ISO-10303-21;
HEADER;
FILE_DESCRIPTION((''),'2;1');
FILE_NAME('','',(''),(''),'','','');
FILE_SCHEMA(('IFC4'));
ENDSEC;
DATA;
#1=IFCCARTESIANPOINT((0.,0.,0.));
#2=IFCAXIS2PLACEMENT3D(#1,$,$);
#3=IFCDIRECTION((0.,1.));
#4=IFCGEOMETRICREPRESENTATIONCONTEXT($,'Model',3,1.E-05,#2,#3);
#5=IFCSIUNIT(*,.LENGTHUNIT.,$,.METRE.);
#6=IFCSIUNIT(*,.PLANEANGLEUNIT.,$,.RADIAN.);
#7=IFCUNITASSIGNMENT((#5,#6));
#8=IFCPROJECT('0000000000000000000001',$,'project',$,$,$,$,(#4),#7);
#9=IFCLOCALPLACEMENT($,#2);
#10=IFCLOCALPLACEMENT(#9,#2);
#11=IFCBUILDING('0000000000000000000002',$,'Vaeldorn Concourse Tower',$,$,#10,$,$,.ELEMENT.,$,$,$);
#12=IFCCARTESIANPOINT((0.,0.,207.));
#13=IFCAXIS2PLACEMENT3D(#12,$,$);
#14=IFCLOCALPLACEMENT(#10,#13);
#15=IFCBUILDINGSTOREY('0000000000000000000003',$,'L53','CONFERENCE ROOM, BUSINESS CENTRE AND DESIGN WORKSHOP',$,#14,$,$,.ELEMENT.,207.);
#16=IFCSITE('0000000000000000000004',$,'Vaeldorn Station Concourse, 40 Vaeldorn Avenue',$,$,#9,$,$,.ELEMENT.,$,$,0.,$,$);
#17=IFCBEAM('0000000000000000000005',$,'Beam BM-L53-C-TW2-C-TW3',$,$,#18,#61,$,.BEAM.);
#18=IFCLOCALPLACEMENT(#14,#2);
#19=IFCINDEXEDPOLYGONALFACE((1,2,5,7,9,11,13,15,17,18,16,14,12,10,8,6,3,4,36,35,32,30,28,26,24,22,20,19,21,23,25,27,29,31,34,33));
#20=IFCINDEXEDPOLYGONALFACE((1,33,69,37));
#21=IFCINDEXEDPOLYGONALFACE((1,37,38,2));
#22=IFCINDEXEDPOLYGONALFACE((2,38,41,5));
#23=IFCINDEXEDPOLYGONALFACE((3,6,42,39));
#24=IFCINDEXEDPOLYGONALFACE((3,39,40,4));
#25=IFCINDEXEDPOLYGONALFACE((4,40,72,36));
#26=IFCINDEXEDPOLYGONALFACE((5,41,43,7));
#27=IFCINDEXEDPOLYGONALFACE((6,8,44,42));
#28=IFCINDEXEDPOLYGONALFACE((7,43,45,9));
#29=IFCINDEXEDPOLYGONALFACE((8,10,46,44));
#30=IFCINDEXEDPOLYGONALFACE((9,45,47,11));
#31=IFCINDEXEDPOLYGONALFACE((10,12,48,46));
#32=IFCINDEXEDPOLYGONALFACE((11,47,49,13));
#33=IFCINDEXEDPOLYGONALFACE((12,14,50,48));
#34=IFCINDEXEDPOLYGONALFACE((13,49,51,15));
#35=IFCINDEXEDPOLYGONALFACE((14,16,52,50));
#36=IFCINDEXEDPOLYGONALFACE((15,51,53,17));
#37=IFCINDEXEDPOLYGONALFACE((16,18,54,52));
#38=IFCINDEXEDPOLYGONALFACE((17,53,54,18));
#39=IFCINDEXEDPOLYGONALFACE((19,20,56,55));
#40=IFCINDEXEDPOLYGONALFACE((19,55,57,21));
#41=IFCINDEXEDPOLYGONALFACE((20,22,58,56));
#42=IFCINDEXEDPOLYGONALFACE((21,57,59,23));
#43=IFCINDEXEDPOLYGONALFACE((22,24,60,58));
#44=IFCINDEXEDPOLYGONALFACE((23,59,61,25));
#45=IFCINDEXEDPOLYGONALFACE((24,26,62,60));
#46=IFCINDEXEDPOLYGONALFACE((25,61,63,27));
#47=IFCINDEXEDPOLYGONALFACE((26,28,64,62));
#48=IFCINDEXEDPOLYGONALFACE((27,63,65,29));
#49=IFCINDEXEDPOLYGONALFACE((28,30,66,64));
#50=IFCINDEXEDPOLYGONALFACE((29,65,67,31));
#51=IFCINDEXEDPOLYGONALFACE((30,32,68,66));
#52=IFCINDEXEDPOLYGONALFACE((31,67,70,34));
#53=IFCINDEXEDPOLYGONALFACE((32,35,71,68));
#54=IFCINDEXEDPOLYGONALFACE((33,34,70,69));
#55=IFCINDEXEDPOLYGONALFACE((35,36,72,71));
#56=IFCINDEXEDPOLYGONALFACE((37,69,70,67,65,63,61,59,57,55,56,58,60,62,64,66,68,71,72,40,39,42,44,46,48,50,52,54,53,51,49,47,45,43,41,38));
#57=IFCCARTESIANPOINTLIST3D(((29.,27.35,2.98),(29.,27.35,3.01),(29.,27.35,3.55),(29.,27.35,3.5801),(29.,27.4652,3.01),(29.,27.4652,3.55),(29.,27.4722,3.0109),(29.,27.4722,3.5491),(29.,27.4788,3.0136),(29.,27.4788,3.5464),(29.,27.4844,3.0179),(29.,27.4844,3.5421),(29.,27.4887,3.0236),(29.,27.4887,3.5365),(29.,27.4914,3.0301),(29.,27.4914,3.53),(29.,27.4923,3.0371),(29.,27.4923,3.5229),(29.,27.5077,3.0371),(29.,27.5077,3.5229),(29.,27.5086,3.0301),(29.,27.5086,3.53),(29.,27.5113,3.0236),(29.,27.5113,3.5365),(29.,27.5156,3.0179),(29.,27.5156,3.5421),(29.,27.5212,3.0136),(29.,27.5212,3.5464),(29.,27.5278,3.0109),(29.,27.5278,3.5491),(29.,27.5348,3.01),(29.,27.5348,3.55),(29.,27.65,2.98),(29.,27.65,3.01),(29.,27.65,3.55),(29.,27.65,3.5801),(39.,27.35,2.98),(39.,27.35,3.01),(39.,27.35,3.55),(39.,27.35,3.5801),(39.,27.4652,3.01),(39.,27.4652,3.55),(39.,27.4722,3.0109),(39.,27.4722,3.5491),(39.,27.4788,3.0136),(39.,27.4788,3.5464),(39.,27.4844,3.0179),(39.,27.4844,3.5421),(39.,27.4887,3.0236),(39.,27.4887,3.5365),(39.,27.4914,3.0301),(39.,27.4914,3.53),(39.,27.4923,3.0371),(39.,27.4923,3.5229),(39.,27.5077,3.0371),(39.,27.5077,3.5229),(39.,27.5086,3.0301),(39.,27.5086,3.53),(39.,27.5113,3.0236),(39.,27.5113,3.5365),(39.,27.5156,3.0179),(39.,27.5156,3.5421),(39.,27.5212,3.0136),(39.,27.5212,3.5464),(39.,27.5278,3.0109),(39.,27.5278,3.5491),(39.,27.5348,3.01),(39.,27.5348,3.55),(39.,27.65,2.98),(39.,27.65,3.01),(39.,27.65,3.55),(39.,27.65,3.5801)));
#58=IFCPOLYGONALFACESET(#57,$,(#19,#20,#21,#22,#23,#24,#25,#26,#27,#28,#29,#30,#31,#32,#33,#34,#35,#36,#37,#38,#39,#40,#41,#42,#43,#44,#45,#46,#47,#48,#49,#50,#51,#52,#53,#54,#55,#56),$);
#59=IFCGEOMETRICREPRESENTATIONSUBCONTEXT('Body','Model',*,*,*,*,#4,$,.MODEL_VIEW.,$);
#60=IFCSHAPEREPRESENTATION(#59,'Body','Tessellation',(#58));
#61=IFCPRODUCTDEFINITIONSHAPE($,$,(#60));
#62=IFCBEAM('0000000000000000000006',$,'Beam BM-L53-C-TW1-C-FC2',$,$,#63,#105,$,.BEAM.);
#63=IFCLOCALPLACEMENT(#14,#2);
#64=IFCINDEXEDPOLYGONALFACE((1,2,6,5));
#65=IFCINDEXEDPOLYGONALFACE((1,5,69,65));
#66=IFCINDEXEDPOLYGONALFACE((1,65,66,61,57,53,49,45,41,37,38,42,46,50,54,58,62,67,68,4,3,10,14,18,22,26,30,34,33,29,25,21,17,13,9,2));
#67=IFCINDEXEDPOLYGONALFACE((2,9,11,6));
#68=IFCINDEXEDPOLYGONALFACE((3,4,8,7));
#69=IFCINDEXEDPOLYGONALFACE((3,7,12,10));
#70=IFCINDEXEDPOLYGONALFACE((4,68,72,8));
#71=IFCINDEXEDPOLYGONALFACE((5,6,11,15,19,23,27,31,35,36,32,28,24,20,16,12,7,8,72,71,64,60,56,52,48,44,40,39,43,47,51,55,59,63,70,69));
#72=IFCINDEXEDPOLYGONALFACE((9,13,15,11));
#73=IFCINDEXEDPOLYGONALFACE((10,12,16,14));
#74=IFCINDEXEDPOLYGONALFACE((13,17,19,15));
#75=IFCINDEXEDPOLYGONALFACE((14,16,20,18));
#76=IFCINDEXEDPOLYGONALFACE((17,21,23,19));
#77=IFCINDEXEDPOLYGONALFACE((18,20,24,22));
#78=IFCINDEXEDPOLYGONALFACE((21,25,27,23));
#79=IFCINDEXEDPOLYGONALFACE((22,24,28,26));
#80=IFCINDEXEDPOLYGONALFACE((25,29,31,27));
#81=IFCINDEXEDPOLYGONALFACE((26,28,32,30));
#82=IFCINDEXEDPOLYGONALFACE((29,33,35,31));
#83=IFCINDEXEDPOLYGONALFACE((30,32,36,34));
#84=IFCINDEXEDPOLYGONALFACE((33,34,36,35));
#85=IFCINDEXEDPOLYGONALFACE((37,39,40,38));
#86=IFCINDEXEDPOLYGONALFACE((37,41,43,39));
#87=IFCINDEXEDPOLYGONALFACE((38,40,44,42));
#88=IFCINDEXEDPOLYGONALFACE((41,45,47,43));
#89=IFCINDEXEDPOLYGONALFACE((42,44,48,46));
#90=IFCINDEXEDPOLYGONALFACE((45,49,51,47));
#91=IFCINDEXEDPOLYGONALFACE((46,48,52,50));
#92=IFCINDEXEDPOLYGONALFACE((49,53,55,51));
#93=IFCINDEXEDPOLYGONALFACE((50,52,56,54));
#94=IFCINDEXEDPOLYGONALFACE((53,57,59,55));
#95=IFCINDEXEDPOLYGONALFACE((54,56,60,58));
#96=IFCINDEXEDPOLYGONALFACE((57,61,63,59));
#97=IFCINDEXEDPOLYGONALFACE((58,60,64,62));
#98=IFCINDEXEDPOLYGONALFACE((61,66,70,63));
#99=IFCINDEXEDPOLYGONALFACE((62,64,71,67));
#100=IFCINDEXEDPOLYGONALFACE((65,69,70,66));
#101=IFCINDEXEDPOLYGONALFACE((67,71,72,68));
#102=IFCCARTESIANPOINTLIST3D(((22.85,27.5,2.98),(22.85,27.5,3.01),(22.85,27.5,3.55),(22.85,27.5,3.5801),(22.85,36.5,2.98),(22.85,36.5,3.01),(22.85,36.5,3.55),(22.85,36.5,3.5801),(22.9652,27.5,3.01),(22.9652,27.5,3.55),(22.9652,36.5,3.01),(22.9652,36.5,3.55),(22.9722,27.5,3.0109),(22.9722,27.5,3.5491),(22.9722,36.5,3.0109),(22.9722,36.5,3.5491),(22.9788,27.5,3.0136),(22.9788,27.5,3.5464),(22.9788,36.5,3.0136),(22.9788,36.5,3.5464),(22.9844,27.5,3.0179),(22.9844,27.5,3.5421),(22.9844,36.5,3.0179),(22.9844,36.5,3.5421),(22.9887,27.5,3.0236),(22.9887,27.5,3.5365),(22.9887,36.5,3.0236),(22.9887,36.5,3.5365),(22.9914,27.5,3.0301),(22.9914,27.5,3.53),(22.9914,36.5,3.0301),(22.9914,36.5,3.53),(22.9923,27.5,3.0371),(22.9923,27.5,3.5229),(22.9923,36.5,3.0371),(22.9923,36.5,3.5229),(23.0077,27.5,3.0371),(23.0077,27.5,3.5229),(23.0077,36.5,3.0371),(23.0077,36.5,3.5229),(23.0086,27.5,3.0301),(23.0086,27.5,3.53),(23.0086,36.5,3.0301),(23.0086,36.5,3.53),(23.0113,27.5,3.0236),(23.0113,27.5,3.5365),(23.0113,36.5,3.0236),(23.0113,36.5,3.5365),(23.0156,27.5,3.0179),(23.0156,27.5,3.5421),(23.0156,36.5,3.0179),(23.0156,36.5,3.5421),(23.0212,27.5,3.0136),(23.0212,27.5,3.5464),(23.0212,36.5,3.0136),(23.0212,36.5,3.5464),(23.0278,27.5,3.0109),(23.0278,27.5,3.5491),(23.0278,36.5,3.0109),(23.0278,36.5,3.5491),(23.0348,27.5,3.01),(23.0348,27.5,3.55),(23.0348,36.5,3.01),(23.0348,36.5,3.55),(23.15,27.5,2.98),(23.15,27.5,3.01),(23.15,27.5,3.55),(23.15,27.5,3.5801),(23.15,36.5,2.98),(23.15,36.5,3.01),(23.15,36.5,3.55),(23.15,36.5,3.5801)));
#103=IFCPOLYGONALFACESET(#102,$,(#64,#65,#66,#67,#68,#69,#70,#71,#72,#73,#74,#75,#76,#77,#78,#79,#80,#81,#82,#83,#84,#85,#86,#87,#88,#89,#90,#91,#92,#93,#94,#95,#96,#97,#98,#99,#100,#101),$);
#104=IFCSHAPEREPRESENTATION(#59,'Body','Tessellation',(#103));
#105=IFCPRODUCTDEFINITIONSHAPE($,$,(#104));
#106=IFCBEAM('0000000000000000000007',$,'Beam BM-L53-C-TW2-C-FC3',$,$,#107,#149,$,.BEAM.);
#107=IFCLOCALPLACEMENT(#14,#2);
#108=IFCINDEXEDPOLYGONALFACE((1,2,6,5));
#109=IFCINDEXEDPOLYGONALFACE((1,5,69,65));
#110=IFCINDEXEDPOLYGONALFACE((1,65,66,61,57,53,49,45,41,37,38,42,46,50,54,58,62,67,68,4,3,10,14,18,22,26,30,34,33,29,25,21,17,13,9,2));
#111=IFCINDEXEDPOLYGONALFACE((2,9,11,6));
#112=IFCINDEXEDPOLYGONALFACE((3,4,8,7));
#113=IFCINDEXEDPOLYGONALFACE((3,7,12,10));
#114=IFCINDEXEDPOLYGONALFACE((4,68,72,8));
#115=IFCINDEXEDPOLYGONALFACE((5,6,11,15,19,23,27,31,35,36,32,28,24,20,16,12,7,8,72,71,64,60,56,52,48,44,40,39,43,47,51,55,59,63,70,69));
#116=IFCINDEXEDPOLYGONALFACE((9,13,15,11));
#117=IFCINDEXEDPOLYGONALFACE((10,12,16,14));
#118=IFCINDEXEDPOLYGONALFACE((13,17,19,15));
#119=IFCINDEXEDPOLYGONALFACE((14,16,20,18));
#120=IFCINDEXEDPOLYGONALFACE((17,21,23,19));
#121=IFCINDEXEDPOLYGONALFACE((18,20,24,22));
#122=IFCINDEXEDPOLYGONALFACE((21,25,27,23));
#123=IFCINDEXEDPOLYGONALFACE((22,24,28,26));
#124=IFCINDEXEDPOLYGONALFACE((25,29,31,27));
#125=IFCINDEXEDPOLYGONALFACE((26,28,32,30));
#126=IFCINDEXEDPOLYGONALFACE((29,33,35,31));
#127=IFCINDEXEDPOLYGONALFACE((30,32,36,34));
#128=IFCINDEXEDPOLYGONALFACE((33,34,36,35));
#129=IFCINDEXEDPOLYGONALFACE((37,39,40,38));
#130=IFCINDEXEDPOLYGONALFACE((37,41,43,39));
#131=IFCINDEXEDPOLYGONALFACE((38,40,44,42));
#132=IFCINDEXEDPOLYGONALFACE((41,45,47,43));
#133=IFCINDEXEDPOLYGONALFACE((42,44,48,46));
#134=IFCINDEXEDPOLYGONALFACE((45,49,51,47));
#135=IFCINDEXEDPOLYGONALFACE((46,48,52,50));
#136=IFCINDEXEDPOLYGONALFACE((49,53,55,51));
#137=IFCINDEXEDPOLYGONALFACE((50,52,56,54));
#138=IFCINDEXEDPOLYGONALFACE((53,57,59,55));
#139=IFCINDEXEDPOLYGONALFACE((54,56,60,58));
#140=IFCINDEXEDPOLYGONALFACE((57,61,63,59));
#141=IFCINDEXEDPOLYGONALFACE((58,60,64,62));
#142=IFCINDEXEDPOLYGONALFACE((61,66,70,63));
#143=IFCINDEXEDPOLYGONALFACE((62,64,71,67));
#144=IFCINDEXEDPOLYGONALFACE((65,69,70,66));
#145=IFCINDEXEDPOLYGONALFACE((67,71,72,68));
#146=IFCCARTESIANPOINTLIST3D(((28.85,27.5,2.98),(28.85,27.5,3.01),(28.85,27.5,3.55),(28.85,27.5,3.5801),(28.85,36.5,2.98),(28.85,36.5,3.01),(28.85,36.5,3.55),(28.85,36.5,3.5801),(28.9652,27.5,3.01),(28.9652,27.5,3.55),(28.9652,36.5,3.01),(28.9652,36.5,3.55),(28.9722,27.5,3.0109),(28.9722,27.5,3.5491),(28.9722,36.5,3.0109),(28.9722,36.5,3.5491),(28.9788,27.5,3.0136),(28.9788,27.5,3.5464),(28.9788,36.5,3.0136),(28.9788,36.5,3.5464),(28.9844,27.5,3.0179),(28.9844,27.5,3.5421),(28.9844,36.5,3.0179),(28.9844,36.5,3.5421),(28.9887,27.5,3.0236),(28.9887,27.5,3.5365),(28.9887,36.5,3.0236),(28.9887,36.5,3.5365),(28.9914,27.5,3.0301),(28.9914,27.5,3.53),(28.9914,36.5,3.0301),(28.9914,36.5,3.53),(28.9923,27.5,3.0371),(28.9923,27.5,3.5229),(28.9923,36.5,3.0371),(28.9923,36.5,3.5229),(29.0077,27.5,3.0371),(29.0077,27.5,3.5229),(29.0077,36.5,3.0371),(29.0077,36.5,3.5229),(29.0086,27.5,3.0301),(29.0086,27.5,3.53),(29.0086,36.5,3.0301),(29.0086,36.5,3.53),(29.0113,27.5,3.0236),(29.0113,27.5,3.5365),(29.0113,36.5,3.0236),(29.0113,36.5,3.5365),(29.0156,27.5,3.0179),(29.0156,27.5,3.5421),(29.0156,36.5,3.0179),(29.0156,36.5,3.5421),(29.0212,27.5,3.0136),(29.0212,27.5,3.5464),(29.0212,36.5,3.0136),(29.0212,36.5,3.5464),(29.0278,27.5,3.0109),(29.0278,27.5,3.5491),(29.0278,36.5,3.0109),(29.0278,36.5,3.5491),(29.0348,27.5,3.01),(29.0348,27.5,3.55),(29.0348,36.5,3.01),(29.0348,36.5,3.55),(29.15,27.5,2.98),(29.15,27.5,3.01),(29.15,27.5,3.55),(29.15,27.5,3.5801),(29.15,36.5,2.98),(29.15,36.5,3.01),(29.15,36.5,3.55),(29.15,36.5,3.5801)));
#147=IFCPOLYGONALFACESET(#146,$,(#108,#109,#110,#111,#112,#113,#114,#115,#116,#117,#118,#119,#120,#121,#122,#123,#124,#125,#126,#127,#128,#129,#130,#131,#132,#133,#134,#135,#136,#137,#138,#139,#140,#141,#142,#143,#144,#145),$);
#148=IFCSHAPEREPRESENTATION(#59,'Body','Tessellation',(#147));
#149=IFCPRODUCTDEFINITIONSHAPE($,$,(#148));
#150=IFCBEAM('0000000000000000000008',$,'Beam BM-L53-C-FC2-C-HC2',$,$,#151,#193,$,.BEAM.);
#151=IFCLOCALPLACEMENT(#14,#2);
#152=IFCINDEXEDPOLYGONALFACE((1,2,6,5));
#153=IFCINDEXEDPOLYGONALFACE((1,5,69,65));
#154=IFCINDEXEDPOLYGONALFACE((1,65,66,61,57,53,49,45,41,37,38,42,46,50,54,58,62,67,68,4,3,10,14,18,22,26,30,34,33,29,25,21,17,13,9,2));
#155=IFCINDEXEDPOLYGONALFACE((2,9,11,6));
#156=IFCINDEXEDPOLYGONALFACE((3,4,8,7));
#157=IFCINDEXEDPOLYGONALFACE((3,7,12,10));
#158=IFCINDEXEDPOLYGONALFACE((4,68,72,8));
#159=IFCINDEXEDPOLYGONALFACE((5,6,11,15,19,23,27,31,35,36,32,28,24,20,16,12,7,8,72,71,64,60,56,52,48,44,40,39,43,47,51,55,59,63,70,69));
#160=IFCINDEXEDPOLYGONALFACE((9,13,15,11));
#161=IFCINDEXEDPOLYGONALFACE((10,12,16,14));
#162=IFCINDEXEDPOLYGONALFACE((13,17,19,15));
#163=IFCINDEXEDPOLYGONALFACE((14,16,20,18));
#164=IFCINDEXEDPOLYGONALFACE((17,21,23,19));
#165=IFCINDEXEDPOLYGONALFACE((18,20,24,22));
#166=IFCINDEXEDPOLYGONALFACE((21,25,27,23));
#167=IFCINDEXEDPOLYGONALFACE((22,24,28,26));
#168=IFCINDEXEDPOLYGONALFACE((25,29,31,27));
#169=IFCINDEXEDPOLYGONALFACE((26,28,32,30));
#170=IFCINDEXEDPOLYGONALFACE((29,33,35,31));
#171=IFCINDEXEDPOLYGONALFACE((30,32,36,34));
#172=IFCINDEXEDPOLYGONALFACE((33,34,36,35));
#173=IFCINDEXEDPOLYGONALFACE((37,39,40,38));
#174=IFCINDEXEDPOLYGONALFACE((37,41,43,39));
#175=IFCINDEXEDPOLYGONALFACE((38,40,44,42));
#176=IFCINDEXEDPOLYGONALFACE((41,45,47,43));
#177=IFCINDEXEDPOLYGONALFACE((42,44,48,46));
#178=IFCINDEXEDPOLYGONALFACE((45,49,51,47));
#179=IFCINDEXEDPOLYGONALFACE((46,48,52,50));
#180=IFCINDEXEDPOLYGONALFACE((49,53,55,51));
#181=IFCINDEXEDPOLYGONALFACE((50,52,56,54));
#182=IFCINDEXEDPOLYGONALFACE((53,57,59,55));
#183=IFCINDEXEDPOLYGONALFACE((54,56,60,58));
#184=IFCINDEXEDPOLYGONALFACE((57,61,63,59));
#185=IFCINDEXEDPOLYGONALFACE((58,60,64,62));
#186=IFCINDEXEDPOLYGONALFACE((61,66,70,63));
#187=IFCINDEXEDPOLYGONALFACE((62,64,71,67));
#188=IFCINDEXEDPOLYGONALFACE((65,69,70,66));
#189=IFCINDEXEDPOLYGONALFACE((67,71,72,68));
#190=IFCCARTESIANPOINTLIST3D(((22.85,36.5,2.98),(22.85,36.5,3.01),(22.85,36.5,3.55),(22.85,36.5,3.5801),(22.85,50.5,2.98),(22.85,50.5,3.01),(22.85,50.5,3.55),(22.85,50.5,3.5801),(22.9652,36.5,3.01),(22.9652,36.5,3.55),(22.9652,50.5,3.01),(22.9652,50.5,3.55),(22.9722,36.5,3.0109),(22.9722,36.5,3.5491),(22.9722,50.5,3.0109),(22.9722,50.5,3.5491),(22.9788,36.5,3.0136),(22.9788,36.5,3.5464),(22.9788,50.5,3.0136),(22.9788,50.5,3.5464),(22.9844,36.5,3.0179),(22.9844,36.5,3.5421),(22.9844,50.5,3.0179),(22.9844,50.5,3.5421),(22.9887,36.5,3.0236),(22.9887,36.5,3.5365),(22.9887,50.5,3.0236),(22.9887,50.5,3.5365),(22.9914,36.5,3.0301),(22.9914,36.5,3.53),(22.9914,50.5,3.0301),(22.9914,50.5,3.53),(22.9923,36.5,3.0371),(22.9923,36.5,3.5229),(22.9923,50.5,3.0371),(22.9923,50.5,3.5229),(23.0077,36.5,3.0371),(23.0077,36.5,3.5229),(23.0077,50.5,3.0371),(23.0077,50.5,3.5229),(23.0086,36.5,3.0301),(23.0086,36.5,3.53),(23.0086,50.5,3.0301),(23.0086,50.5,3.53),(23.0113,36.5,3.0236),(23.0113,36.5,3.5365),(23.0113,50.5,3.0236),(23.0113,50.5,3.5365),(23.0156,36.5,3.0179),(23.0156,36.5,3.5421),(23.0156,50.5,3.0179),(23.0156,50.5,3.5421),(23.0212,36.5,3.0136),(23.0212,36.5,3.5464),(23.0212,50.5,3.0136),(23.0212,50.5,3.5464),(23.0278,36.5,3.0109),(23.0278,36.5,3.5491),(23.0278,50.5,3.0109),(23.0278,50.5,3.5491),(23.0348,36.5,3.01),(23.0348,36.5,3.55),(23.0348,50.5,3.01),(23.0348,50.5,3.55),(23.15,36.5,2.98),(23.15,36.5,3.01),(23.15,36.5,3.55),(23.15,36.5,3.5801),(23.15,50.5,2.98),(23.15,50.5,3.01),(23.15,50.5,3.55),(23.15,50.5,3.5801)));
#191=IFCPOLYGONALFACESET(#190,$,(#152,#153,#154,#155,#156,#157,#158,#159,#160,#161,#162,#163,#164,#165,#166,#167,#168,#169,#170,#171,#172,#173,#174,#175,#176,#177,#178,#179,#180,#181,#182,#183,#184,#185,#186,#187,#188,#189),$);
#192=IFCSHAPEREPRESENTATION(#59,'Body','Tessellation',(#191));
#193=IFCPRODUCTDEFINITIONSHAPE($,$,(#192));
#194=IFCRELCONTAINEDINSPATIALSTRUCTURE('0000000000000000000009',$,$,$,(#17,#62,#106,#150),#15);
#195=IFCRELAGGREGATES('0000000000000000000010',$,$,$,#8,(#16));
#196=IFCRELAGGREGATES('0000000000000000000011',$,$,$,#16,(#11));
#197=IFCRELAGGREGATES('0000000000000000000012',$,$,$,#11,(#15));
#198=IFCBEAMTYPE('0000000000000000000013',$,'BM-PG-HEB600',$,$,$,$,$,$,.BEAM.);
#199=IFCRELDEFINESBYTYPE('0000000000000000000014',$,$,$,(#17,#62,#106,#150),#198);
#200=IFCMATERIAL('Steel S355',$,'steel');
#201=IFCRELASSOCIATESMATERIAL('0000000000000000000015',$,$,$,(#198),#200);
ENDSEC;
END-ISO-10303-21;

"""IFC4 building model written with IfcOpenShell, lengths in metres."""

from ifc_helpers import new_model, si_unit, direction, frame, origin, origin_2d, place, context, subcontext, project, spatial, i_section, extrude, source, transform, mapped, material, material_profile, profile_set, type_object, element, save


model = new_model("IFC4")

# Units and contexts
model_context = context("Model", 3, precision=1e-05, world=origin(), true_north=direction((0.0, 1.0)))
body_context = subcontext(model_context, "Body", "Model", "MODEL_VIEW")
ifc_project = project(units=[si_unit("LENGTHUNIT", "METRE"), si_unit("PLANEANGLEUNIT", "RADIAN")], contexts=[model_context])

# Site, building, storey
site_placement = place(None, origin())
site = spatial("IfcSite", under=ifc_project, at=site_placement, Name="Vaeldorn Station Concourse, 40 Vaeldorn Avenue", CompositionType="ELEMENT", RefElevation=0.0)
building_placement = place(site_placement, origin())
building = spatial("IfcBuilding", under=site, at=building_placement, Name="Vaeldorn Concourse Tower", CompositionType="ELEMENT")
storey_placement = place(building_placement, frame((0.0, 0.0, 207.0)))
storey = spatial("IfcBuildingStorey", under=building, at=storey_placement, Name="L53", Description="CONFERENCE ROOM, BUSINESS CENTRE AND DESIGN WORKSHOP", CompositionType="ELEMENT", Elevation=207.0)

# Shared definitions
ifc_material_1 = material(Name="Steel S355", Category="steel")

# Beams
ifc_material_profile_1 = material_profile(ifc_material_1, i_section(OverallWidth=0.3, OverallDepth=0.6001, WebThickness=0.0154, FlangeThickness=0.03, FilletRadius=0.0271, at=origin_2d()), Name="HEB 600")
ifc_profile_set_1 = profile_set([ifc_material_profile_1], Name="Steel S355")
beam_type_1 = type_object("IfcBeamType", Name="BM-PG-HEB600", PredefinedType="BEAM", material=ifc_profile_set_1)
shared_shape_1 = source(origin(), body_context, "Body", "SweptSolid", [
    extrude(i_section(OverallWidth=0.3, OverallDepth=0.6001, WebThickness=0.0154, FlangeThickness=0.03, FilletRadius=0.0271, at=origin_2d()), origin(), (0.0, 0.0, 1.0), 10.0),
])
for number, where, z_axis, x_axis, name in (
    (1, (29.0, 27.5, 3.28), (1.0, 0.0, 0.0), (0.0, 1.0, 0.0), "Beam BM-L53-C-TW2-C-TW3"),
):
    element("IfcBeam", number, at=place(storey_placement, frame(where, z_axis=z_axis, x_axis=x_axis)), inside=storey, type_object=beam_type_1, Name=name, PredefinedType="BEAM", context=body_context, shape_type="MappedRepresentation", body=[
        mapped(shared_shape_1, transform((0.0, 0.0, 0.0), scale=1.0)),
    ])
shared_shape_2 = source(origin(), body_context, "Body", "SweptSolid", [
    extrude(i_section(OverallWidth=0.3, OverallDepth=0.6001, WebThickness=0.0154, FlangeThickness=0.03, FilletRadius=0.0271, at=origin_2d()), origin(), (0.0, 0.0, 1.0), 9.0),
])
for number, where, z_axis, x_axis, name in (
    (2, (23.0, 27.5, 3.28), (0.0, 1.0, 0.0), (-1.0, 0.0, 0.0), "Beam BM-L53-C-TW1-C-FC2"),
    (3, (29.0, 27.5, 3.28), (0.0, 1.0, 0.0), (-1.0, 0.0, 0.0), "Beam BM-L53-C-TW2-C-FC3"),
):
    element("IfcBeam", number, at=place(storey_placement, frame(where, z_axis=z_axis, x_axis=x_axis)), inside=storey, type_object=beam_type_1, Name=name, PredefinedType="BEAM", context=body_context, shape_type="MappedRepresentation", body=[
        mapped(shared_shape_2, transform((0.0, 0.0, 0.0), scale=1.0)),
    ])
shared_shape_3 = source(origin(), body_context, "Body", "SweptSolid", [
    extrude(i_section(OverallWidth=0.3, OverallDepth=0.6001, WebThickness=0.0154, FlangeThickness=0.03, FilletRadius=0.0271, at=origin_2d()), origin(), (0.0, 0.0, 1.0), 14.0),
])
beam_placement = place(storey_placement, frame((23.0, 36.5, 3.28), z_axis=(0.0, 1.0, 0.0), x_axis=(-1.0, 0.0, 0.0)))
element("IfcBeam", 4, at=beam_placement, inside=storey, type_object=beam_type_1, Name="Beam BM-L53-C-FC2-C-HC2", PredefinedType="BEAM", context=body_context, shape_type="MappedRepresentation", body=[
    mapped(shared_shape_3, transform((0.0, 0.0, 0.0), scale=1.0)),
])

save(model, "model.ifc")
